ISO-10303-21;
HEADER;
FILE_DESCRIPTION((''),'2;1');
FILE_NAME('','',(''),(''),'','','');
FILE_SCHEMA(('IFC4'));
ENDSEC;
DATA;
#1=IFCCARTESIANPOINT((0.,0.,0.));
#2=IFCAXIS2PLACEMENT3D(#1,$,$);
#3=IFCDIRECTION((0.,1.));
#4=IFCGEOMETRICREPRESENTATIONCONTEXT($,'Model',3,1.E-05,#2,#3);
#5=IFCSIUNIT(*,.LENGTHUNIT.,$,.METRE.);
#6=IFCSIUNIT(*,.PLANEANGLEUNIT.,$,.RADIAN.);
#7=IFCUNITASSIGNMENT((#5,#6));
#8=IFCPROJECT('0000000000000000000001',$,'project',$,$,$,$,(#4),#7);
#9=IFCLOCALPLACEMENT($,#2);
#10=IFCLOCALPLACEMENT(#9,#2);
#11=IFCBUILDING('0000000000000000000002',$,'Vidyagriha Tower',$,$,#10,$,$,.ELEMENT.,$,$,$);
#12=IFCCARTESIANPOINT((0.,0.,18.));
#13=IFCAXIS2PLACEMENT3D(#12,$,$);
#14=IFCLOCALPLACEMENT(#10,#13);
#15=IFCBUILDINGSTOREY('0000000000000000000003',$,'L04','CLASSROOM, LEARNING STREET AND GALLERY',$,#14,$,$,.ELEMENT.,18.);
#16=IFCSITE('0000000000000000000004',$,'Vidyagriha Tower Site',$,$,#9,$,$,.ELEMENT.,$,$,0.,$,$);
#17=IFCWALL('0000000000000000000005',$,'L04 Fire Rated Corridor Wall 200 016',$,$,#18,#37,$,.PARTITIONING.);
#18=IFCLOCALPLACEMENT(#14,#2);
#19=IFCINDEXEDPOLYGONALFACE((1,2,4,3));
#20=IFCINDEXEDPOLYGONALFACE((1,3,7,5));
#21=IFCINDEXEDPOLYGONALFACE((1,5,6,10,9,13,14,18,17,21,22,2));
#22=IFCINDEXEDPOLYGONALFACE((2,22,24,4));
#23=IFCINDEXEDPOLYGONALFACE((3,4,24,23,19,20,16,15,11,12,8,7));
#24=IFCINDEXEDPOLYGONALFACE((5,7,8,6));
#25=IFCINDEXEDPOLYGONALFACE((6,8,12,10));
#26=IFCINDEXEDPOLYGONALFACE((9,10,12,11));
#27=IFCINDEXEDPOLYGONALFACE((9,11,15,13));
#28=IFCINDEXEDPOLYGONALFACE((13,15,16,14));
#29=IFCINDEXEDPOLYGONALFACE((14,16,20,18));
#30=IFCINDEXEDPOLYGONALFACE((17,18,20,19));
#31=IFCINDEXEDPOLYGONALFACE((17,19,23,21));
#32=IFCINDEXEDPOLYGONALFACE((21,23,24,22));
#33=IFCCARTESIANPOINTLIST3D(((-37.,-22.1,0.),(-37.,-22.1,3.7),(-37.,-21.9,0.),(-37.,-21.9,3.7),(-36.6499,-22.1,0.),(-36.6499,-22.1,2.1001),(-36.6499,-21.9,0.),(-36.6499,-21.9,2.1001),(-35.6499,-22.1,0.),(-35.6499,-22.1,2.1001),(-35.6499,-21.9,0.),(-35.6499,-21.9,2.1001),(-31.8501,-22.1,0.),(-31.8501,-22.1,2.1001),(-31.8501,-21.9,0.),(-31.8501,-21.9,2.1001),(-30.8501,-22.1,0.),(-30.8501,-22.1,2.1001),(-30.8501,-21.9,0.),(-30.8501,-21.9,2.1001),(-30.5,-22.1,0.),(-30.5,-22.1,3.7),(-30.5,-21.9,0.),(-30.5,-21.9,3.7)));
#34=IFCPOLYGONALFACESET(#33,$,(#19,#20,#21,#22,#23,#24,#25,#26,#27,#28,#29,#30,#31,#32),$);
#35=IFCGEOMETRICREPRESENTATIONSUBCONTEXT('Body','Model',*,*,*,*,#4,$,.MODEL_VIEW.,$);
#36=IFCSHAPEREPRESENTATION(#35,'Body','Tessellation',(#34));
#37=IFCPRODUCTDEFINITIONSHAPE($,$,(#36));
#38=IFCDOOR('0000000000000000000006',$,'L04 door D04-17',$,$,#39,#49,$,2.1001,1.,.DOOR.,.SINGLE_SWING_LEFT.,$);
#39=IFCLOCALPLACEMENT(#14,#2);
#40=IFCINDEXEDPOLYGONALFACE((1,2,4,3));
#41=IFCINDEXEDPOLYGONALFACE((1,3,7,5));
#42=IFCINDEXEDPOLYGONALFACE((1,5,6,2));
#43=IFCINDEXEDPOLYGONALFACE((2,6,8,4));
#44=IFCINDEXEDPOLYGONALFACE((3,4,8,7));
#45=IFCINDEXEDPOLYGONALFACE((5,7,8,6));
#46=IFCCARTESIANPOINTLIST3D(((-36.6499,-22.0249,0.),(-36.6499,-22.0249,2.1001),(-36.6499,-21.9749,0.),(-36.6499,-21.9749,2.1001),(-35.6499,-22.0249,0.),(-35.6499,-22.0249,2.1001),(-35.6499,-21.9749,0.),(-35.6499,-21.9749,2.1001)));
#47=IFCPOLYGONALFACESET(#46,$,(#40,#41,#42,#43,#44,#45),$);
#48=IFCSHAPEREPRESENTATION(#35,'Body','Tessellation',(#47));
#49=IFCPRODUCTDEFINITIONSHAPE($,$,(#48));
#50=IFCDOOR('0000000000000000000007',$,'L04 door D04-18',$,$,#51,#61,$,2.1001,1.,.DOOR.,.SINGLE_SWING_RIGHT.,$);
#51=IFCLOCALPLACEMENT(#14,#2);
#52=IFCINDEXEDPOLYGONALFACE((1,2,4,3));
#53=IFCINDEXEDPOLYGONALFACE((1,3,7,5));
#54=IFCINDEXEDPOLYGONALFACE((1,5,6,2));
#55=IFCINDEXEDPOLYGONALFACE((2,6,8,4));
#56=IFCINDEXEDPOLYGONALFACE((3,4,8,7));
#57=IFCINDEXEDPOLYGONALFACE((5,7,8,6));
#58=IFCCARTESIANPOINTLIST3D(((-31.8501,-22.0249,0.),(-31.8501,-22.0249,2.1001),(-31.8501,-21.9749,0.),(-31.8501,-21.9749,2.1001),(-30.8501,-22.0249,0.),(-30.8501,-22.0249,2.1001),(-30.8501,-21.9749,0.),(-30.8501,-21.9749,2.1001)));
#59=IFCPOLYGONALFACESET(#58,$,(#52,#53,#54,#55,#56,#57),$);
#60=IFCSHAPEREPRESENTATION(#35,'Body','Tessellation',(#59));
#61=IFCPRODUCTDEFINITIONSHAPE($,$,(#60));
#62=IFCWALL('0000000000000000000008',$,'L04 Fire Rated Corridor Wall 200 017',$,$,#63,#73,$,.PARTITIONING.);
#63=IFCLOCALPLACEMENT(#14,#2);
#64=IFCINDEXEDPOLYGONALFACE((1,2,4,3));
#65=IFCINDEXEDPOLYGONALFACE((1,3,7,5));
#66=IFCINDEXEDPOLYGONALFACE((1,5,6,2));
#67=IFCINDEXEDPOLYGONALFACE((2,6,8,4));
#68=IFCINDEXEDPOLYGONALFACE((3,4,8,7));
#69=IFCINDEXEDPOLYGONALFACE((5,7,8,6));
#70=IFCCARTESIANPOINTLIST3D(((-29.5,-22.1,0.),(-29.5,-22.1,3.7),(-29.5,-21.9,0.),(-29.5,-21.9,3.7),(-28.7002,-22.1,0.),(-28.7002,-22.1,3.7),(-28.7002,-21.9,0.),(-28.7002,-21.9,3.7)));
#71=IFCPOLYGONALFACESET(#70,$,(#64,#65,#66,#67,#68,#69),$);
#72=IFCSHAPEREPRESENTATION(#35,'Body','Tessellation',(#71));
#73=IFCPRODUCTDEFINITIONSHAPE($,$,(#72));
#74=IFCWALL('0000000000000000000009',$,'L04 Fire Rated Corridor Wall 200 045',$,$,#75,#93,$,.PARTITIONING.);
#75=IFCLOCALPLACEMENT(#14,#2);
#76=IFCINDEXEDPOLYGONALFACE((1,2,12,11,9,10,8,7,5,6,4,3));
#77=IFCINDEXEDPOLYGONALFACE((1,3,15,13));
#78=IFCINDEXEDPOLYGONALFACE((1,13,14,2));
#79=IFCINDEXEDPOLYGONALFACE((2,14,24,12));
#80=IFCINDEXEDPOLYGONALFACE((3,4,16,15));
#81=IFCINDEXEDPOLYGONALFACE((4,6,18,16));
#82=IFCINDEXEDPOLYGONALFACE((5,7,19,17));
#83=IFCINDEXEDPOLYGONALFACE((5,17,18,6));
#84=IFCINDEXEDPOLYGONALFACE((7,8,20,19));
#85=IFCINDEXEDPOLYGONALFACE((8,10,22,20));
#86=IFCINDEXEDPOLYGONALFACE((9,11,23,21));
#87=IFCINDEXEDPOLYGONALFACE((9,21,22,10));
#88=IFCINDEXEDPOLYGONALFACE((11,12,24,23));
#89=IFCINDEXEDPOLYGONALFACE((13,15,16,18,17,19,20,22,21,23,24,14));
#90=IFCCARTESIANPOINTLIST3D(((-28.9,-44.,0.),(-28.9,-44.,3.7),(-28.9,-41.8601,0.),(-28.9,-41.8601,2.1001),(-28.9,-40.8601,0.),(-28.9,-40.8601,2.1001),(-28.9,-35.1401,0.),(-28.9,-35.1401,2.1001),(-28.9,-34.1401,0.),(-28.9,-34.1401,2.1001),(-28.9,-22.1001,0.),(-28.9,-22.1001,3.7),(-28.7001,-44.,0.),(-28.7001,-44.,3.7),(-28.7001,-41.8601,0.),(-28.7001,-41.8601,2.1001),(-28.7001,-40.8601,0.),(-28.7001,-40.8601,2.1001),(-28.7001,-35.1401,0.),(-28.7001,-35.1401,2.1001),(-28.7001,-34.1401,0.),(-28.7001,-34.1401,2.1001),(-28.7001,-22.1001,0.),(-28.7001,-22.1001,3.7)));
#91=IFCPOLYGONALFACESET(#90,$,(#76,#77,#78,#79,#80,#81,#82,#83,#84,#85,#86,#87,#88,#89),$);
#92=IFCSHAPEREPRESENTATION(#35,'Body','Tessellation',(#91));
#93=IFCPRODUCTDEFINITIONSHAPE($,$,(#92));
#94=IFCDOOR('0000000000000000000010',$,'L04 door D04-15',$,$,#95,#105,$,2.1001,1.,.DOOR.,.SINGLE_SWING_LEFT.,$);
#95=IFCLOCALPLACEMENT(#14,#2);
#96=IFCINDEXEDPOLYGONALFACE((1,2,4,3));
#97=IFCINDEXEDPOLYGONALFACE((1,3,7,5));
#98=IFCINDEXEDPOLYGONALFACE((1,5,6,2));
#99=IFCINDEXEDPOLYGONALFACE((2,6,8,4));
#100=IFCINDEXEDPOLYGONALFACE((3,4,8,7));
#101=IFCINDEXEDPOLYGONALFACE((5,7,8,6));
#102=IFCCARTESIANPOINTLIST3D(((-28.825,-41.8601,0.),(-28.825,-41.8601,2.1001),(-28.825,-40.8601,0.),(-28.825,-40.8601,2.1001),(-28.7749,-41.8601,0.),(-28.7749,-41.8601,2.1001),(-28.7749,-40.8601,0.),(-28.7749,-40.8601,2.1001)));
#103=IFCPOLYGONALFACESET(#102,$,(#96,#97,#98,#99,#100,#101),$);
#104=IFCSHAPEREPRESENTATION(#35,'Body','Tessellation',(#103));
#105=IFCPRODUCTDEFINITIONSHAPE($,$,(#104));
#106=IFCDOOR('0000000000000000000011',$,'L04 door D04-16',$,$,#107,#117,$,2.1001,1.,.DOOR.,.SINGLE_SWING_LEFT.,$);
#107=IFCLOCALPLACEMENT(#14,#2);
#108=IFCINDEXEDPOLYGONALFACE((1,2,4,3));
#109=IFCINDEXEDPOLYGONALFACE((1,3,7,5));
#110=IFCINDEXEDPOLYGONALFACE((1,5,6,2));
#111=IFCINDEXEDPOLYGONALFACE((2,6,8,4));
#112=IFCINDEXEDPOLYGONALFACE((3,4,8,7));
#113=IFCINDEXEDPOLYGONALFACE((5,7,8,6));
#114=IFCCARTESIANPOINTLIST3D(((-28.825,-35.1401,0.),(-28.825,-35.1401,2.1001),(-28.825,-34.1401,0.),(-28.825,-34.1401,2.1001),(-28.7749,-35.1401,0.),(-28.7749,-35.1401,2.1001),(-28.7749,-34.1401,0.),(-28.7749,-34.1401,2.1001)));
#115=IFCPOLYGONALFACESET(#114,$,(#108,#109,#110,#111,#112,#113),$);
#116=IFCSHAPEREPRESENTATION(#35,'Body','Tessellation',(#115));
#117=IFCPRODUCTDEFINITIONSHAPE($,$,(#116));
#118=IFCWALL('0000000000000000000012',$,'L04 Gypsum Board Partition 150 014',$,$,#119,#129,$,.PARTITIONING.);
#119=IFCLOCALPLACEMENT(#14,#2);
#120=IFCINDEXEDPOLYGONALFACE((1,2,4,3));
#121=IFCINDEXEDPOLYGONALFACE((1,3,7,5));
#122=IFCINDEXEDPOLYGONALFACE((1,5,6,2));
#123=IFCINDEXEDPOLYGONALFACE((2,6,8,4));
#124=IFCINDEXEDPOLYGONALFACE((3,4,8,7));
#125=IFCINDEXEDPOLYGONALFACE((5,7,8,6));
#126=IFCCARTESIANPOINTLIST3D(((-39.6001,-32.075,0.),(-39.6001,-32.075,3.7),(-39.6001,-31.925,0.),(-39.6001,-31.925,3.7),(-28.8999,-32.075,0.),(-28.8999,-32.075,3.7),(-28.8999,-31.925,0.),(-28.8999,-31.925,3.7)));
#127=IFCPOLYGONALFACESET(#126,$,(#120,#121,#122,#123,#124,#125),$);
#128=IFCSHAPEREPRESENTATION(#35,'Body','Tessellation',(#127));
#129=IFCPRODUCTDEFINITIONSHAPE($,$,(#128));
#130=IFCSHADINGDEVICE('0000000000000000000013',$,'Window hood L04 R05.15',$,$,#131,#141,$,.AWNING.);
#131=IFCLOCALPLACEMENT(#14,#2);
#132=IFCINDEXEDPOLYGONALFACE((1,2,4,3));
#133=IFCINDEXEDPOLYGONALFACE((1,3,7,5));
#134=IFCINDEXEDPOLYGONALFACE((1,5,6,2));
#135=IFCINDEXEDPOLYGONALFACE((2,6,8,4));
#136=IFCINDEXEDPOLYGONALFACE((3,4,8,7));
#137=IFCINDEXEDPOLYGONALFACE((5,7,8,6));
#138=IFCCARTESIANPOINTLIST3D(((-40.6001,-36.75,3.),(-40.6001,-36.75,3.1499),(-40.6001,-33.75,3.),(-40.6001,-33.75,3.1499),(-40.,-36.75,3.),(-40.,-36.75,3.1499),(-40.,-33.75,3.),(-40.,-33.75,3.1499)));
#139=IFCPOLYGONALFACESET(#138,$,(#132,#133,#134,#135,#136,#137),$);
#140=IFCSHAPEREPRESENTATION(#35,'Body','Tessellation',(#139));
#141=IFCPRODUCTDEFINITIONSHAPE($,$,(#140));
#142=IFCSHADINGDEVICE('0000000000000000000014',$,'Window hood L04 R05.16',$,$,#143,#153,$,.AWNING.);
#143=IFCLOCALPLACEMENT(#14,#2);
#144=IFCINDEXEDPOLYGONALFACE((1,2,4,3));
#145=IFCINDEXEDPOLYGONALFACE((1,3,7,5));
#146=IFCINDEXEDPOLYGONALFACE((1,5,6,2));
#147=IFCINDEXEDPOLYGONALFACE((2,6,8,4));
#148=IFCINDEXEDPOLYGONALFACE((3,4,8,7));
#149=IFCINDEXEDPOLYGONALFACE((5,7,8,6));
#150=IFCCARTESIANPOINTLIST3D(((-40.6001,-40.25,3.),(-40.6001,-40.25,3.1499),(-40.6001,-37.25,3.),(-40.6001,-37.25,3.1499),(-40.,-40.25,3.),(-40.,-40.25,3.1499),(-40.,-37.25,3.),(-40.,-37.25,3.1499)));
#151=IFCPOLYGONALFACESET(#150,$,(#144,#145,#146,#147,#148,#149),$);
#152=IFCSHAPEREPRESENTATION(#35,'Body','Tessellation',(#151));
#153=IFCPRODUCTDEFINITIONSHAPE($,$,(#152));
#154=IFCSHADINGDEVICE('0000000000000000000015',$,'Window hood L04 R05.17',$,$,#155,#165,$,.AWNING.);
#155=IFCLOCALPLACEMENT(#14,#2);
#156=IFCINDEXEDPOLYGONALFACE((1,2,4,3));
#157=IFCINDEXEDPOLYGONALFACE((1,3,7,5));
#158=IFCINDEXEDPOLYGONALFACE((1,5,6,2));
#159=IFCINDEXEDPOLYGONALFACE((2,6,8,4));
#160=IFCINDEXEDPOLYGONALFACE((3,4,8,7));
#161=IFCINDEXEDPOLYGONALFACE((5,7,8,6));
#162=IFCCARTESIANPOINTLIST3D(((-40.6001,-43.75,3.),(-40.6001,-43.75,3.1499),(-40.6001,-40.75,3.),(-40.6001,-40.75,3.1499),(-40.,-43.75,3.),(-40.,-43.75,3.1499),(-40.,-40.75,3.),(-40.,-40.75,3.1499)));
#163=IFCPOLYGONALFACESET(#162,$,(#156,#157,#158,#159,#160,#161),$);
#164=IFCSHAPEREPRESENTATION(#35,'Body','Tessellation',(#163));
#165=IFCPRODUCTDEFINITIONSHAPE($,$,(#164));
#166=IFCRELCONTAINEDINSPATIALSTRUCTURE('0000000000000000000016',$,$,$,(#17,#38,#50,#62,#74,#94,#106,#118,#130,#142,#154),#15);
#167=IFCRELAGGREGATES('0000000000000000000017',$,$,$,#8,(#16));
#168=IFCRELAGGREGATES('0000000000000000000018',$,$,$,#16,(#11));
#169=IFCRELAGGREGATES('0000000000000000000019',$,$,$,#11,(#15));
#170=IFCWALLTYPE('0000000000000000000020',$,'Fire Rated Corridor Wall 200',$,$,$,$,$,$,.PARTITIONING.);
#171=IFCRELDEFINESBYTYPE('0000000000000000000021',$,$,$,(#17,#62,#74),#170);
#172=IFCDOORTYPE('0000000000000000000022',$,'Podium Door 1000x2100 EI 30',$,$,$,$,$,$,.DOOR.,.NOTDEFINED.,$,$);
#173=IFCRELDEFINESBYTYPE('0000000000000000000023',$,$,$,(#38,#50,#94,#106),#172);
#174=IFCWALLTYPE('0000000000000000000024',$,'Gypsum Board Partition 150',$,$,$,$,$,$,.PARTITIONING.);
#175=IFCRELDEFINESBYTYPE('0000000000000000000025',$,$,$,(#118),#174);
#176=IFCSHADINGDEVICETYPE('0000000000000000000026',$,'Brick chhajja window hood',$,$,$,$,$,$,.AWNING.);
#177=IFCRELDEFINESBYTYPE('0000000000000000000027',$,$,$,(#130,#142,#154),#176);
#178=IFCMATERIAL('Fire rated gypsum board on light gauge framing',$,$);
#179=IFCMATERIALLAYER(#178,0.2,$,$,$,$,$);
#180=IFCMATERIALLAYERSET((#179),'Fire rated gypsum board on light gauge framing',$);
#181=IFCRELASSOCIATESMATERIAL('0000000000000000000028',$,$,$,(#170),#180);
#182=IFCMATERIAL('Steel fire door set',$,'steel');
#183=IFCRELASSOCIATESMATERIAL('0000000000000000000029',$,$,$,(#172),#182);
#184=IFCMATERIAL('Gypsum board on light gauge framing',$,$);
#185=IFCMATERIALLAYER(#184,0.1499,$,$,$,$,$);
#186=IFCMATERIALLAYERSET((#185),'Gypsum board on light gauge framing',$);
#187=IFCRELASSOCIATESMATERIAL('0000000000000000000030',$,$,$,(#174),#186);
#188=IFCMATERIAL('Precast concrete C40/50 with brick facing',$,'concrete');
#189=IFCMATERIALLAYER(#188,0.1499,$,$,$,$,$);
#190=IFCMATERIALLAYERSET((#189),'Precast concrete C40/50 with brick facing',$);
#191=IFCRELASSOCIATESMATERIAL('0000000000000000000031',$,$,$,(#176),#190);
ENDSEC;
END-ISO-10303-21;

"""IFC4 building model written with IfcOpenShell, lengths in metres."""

from ifc_helpers import new_model, si_unit, direction, frame, frame_2d, origin, origin_2d, place, context, subcontext, project, spatial, rectangle, extrude, material, layer, layer_set, type_object, element, fill, save


model = new_model("IFC4")

# Units and contexts
model_context = context("Model", 3, precision=1e-05, world=origin(), true_north=direction((0.0, 1.0)))
body_context = subcontext(model_context, "Body", "Model", "MODEL_VIEW")
ifc_project = project(units=[si_unit("LENGTHUNIT", "METRE"), si_unit("PLANEANGLEUNIT", "RADIAN")], contexts=[model_context])

# Site, building, storey
site_placement = place(None, origin())
site = spatial("IfcSite", under=ifc_project, at=site_placement, Name="Vidyagriha Tower Site", CompositionType="ELEMENT", RefElevation=0.0)
building_placement = place(site_placement, origin())
building = spatial("IfcBuilding", under=site, at=building_placement, Name="Vidyagriha Tower", CompositionType="ELEMENT")
storey_placement = place(building_placement, frame((0.0, 0.0, 18.0)))
storey = spatial("IfcBuildingStorey", under=building, at=storey_placement, Name="L04", Description="CLASSROOM, LEARNING STREET AND GALLERY", CompositionType="ELEMENT", Elevation=18.0)

# Shared definitions
ifc_material_1 = material(Name="Fire rated gypsum board on light gauge framing")
ifc_layer_1 = layer(ifc_material_1, 0.2)
ifc_layer_set_1 = layer_set([ifc_layer_1], Name="Fire rated gypsum board on light gauge framing")
wall_type_1 = type_object("IfcWallType", Name="Fire Rated Corridor Wall 200", PredefinedType="PARTITIONING", material=ifc_layer_set_1)

# Wall, openings, doors
wall_1_placement = place(storey_placement, frame((-37.0, -22.0, 0.0)))
wall_1 = element("IfcWall", 1, at=wall_1_placement, inside=storey, type_object=wall_type_1, Name="L04 Fire Rated Corridor Wall 200 016", PredefinedType="PARTITIONING", context=body_context, shape_type="SweptSolid", body=[
    extrude(rectangle(XDim=6.5, YDim=0.2, at=frame_2d((3.25, 0.0))), origin(), (0.0, 0.0, 1.0), 3.7),
])
opening_1_placement = place(wall_1_placement, frame((0.3501, 0.0, 0.0)))
opening_1 = element("IfcOpeningElement", 2, at=opening_1_placement, cuts=wall_1, PredefinedType="OPENING", context=body_context, shape_type="SweptSolid", body=[
    extrude(rectangle(XDim=1.0, YDim=2.1001, at=frame_2d((0.5, 1.05))), frame((0.0, 0.1099, 0.0), z_axis=(0.0, -1.0, 0.0), x_axis=(1.0, 0.0, 0.0)), (0.0, 0.0, 1.0), 0.22),
])
opening_2_placement = place(wall_1_placement, frame((5.1499, 0.0, 0.0)))
opening_2 = element("IfcOpeningElement", 3, at=opening_2_placement, cuts=wall_1, PredefinedType="OPENING", context=body_context, shape_type="SweptSolid", body=[
    extrude(rectangle(XDim=1.0, YDim=2.1001, at=frame_2d((0.5, 1.05))), frame((0.0, 0.1099, 0.0), z_axis=(0.0, -1.0, 0.0), x_axis=(1.0, 0.0, 0.0)), (0.0, 0.0, 1.0), 0.22),
])
ifc_material_2 = material(Name="Steel fire door set", Category="steel")
door_type = type_object("IfcDoorType", Name="Podium Door 1000x2100 EI 30", OperationType="NOTDEFINED", PredefinedType="DOOR", material=ifc_material_2)
door_1_placement = place(opening_1_placement, frame((1.0, 0.0, 0.0), z_axis=(0.0, 0.0, 1.0), x_axis=(-1.0, 0.0, 0.0)))
door_1 = element("IfcDoor", 4, at=door_1_placement, inside=storey, type_object=door_type, Name="L04 door D04-17", OperationType="SINGLE_SWING_LEFT", OverallHeight=2.1001, OverallWidth=1.0, PredefinedType="DOOR", context=body_context, shape_type="SweptSolid", body=[
    extrude(rectangle(XDim=1.0, YDim=2.1001, at=frame_2d((0.5, 1.05))), frame((0.0, 0.0249, 0.0), z_axis=(0.0, -1.0, 0.0), x_axis=(1.0, 0.0, 0.0)), (0.0, 0.0, 1.0), 0.05),
])
fill(opening_1, door_1)
door_2_placement = place(opening_2_placement, frame((1.0, 0.0, 0.0), z_axis=(0.0, 0.0, 1.0), x_axis=(-1.0, 0.0, 0.0)))
door_2 = element("IfcDoor", 5, at=door_2_placement, inside=storey, type_object=door_type, Name="L04 door D04-18", OperationType="SINGLE_SWING_RIGHT", OverallHeight=2.1001, OverallWidth=1.0, PredefinedType="DOOR", context=body_context, shape_type="SweptSolid", body=[
    extrude(rectangle(XDim=1.0, YDim=2.1001, at=frame_2d((0.5, 1.05))), frame((0.0, 0.0249, 0.0), z_axis=(0.0, -1.0, 0.0), x_axis=(1.0, 0.0, 0.0)), (0.0, 0.0, 1.0), 0.05),
])
fill(opening_2, door_2)

# Wall
wall_2_placement = place(storey_placement, frame((-29.5, -22.0, 0.0)))
element("IfcWall", 6, at=wall_2_placement, inside=storey, type_object=wall_type_1, Name="L04 Fire Rated Corridor Wall 200 017", PredefinedType="PARTITIONING", context=body_context, shape_type="SweptSolid", body=[
    extrude(rectangle(XDim=0.7998, YDim=0.2, at=frame_2d((0.3999, 0.0))), origin(), (0.0, 0.0, 1.0), 3.7),
])

# Wall, openings, doors
wall_3_placement = place(storey_placement, frame((-28.8, -44.0, 0.0), z_axis=(0.0, 0.0, 1.0), x_axis=(0.0, 1.0, 0.0)))
wall_3 = element("IfcWall", 7, at=wall_3_placement, inside=storey, type_object=wall_type_1, Name="L04 Fire Rated Corridor Wall 200 045", PredefinedType="PARTITIONING", context=body_context, shape_type="SweptSolid", body=[
    extrude(rectangle(XDim=21.8999, YDim=0.2, at=frame_2d((10.95, 0.0))), origin(), (0.0, 0.0, 1.0), 3.7),
])
opening_3_placement = place(wall_3_placement, frame((2.1399, 0.0, 0.0)))
opening_3 = element("IfcOpeningElement", 8, at=opening_3_placement, cuts=wall_3, PredefinedType="OPENING", context=body_context, shape_type="SweptSolid", body=[
    extrude(rectangle(XDim=1.0, YDim=2.1001, at=frame_2d((0.5, 1.05))), frame((0.0, 0.1099, 0.0), z_axis=(0.0, -1.0, 0.0), x_axis=(1.0, 0.0, 0.0)), (0.0, 0.0, 1.0), 0.22),
])
opening_4_placement = place(wall_3_placement, frame((8.8599, 0.0, 0.0)))
opening_4 = element("IfcOpeningElement", 9, at=opening_4_placement, cuts=wall_3, PredefinedType="OPENING", context=body_context, shape_type="SweptSolid", body=[
    extrude(rectangle(XDim=1.0, YDim=2.1001, at=frame_2d((0.5, 1.05))), frame((0.0, 0.1099, 0.0), z_axis=(0.0, -1.0, 0.0), x_axis=(1.0, 0.0, 0.0)), (0.0, 0.0, 1.0), 0.22),
])
door_3_placement = place(opening_3_placement, origin())
door_3 = element("IfcDoor", 10, at=door_3_placement, inside=storey, type_object=door_type, Name="L04 door D04-15", OperationType="SINGLE_SWING_LEFT", OverallHeight=2.1001, OverallWidth=1.0, PredefinedType="DOOR", context=body_context, shape_type="SweptSolid", body=[
    extrude(rectangle(XDim=1.0, YDim=2.1001, at=frame_2d((0.5, 1.05))), frame((0.0, 0.0249, 0.0), z_axis=(0.0, -1.0, 0.0), x_axis=(1.0, 0.0, 0.0)), (0.0, 0.0, 1.0), 0.05),
])
fill(opening_3, door_3)
door_4_placement = place(opening_4_placement, origin())
door_4 = element("IfcDoor", 11, at=door_4_placement, inside=storey, type_object=door_type, Name="L04 door D04-16", OperationType="SINGLE_SWING_LEFT", OverallHeight=2.1001, OverallWidth=1.0, PredefinedType="DOOR", context=body_context, shape_type="SweptSolid", body=[
    extrude(rectangle(XDim=1.0, YDim=2.1001, at=frame_2d((0.5, 1.05))), frame((0.0, 0.0249, 0.0), z_axis=(0.0, -1.0, 0.0), x_axis=(1.0, 0.0, 0.0)), (0.0, 0.0, 1.0), 0.05),
])
fill(opening_4, door_4)

# Wall
ifc_material_3 = material(Name="Gypsum board on light gauge framing")
ifc_layer_2 = layer(ifc_material_3, 0.1499)
ifc_layer_set_2 = layer_set([ifc_layer_2], Name="Gypsum board on light gauge framing")
wall_type_2 = type_object("IfcWallType", Name="Gypsum Board Partition 150", PredefinedType="PARTITIONING", material=ifc_layer_set_2)
wall_4_placement = place(storey_placement, frame((-39.6001, -32.0, 0.0)))
element("IfcWall", 12, at=wall_4_placement, inside=storey, type_object=wall_type_2, Name="L04 Gypsum Board Partition 150 014", PredefinedType="PARTITIONING", context=body_context, shape_type="SweptSolid", body=[
    extrude(rectangle(XDim=10.7002, YDim=0.1499, at=frame_2d((5.3501, 0.0))), origin(), (0.0, 0.0, 1.0), 3.7),
])

# Shading devices
ifc_material_4 = material(Name="Precast concrete C40/50 with brick facing", Category="concrete")
ifc_layer_3 = layer(ifc_material_4, 0.1499)
ifc_layer_set_3 = layer_set([ifc_layer_3], Name="Precast concrete C40/50 with brick facing")
shading_device_type = type_object("IfcShadingDeviceType", Name="Brick chhajja window hood", PredefinedType="AWNING", material=ifc_layer_set_3)
for number, where, z_axis, x_axis, name in (
    (13, (-40.3, -35.25, 3.0), (0.0, 0.0, 1.0), (0.0, -1.0, 0.0), "Window hood L04 R05.15"),
    (14, (-40.3, -38.75, 3.0), (0.0, 0.0, 1.0), (0.0, -1.0, 0.0), "Window hood L04 R05.16"),
    (15, (-40.3, -42.25, 3.0), (0.0, 0.0, 1.0), (0.0, -1.0, 0.0), "Window hood L04 R05.17"),
):
    element("IfcShadingDevice", number, at=place(storey_placement, frame(where, z_axis=z_axis, x_axis=x_axis)), inside=storey, type_object=shading_device_type, Name=name, PredefinedType="AWNING", context=body_context, shape_type="SweptSolid", body=[
        extrude(rectangle(XDim=3.0, YDim=0.6001, at=origin_2d()), origin(), (0.0, 0.0, 1.0), 0.1499),
    ])

save(model, "model.ifc")
